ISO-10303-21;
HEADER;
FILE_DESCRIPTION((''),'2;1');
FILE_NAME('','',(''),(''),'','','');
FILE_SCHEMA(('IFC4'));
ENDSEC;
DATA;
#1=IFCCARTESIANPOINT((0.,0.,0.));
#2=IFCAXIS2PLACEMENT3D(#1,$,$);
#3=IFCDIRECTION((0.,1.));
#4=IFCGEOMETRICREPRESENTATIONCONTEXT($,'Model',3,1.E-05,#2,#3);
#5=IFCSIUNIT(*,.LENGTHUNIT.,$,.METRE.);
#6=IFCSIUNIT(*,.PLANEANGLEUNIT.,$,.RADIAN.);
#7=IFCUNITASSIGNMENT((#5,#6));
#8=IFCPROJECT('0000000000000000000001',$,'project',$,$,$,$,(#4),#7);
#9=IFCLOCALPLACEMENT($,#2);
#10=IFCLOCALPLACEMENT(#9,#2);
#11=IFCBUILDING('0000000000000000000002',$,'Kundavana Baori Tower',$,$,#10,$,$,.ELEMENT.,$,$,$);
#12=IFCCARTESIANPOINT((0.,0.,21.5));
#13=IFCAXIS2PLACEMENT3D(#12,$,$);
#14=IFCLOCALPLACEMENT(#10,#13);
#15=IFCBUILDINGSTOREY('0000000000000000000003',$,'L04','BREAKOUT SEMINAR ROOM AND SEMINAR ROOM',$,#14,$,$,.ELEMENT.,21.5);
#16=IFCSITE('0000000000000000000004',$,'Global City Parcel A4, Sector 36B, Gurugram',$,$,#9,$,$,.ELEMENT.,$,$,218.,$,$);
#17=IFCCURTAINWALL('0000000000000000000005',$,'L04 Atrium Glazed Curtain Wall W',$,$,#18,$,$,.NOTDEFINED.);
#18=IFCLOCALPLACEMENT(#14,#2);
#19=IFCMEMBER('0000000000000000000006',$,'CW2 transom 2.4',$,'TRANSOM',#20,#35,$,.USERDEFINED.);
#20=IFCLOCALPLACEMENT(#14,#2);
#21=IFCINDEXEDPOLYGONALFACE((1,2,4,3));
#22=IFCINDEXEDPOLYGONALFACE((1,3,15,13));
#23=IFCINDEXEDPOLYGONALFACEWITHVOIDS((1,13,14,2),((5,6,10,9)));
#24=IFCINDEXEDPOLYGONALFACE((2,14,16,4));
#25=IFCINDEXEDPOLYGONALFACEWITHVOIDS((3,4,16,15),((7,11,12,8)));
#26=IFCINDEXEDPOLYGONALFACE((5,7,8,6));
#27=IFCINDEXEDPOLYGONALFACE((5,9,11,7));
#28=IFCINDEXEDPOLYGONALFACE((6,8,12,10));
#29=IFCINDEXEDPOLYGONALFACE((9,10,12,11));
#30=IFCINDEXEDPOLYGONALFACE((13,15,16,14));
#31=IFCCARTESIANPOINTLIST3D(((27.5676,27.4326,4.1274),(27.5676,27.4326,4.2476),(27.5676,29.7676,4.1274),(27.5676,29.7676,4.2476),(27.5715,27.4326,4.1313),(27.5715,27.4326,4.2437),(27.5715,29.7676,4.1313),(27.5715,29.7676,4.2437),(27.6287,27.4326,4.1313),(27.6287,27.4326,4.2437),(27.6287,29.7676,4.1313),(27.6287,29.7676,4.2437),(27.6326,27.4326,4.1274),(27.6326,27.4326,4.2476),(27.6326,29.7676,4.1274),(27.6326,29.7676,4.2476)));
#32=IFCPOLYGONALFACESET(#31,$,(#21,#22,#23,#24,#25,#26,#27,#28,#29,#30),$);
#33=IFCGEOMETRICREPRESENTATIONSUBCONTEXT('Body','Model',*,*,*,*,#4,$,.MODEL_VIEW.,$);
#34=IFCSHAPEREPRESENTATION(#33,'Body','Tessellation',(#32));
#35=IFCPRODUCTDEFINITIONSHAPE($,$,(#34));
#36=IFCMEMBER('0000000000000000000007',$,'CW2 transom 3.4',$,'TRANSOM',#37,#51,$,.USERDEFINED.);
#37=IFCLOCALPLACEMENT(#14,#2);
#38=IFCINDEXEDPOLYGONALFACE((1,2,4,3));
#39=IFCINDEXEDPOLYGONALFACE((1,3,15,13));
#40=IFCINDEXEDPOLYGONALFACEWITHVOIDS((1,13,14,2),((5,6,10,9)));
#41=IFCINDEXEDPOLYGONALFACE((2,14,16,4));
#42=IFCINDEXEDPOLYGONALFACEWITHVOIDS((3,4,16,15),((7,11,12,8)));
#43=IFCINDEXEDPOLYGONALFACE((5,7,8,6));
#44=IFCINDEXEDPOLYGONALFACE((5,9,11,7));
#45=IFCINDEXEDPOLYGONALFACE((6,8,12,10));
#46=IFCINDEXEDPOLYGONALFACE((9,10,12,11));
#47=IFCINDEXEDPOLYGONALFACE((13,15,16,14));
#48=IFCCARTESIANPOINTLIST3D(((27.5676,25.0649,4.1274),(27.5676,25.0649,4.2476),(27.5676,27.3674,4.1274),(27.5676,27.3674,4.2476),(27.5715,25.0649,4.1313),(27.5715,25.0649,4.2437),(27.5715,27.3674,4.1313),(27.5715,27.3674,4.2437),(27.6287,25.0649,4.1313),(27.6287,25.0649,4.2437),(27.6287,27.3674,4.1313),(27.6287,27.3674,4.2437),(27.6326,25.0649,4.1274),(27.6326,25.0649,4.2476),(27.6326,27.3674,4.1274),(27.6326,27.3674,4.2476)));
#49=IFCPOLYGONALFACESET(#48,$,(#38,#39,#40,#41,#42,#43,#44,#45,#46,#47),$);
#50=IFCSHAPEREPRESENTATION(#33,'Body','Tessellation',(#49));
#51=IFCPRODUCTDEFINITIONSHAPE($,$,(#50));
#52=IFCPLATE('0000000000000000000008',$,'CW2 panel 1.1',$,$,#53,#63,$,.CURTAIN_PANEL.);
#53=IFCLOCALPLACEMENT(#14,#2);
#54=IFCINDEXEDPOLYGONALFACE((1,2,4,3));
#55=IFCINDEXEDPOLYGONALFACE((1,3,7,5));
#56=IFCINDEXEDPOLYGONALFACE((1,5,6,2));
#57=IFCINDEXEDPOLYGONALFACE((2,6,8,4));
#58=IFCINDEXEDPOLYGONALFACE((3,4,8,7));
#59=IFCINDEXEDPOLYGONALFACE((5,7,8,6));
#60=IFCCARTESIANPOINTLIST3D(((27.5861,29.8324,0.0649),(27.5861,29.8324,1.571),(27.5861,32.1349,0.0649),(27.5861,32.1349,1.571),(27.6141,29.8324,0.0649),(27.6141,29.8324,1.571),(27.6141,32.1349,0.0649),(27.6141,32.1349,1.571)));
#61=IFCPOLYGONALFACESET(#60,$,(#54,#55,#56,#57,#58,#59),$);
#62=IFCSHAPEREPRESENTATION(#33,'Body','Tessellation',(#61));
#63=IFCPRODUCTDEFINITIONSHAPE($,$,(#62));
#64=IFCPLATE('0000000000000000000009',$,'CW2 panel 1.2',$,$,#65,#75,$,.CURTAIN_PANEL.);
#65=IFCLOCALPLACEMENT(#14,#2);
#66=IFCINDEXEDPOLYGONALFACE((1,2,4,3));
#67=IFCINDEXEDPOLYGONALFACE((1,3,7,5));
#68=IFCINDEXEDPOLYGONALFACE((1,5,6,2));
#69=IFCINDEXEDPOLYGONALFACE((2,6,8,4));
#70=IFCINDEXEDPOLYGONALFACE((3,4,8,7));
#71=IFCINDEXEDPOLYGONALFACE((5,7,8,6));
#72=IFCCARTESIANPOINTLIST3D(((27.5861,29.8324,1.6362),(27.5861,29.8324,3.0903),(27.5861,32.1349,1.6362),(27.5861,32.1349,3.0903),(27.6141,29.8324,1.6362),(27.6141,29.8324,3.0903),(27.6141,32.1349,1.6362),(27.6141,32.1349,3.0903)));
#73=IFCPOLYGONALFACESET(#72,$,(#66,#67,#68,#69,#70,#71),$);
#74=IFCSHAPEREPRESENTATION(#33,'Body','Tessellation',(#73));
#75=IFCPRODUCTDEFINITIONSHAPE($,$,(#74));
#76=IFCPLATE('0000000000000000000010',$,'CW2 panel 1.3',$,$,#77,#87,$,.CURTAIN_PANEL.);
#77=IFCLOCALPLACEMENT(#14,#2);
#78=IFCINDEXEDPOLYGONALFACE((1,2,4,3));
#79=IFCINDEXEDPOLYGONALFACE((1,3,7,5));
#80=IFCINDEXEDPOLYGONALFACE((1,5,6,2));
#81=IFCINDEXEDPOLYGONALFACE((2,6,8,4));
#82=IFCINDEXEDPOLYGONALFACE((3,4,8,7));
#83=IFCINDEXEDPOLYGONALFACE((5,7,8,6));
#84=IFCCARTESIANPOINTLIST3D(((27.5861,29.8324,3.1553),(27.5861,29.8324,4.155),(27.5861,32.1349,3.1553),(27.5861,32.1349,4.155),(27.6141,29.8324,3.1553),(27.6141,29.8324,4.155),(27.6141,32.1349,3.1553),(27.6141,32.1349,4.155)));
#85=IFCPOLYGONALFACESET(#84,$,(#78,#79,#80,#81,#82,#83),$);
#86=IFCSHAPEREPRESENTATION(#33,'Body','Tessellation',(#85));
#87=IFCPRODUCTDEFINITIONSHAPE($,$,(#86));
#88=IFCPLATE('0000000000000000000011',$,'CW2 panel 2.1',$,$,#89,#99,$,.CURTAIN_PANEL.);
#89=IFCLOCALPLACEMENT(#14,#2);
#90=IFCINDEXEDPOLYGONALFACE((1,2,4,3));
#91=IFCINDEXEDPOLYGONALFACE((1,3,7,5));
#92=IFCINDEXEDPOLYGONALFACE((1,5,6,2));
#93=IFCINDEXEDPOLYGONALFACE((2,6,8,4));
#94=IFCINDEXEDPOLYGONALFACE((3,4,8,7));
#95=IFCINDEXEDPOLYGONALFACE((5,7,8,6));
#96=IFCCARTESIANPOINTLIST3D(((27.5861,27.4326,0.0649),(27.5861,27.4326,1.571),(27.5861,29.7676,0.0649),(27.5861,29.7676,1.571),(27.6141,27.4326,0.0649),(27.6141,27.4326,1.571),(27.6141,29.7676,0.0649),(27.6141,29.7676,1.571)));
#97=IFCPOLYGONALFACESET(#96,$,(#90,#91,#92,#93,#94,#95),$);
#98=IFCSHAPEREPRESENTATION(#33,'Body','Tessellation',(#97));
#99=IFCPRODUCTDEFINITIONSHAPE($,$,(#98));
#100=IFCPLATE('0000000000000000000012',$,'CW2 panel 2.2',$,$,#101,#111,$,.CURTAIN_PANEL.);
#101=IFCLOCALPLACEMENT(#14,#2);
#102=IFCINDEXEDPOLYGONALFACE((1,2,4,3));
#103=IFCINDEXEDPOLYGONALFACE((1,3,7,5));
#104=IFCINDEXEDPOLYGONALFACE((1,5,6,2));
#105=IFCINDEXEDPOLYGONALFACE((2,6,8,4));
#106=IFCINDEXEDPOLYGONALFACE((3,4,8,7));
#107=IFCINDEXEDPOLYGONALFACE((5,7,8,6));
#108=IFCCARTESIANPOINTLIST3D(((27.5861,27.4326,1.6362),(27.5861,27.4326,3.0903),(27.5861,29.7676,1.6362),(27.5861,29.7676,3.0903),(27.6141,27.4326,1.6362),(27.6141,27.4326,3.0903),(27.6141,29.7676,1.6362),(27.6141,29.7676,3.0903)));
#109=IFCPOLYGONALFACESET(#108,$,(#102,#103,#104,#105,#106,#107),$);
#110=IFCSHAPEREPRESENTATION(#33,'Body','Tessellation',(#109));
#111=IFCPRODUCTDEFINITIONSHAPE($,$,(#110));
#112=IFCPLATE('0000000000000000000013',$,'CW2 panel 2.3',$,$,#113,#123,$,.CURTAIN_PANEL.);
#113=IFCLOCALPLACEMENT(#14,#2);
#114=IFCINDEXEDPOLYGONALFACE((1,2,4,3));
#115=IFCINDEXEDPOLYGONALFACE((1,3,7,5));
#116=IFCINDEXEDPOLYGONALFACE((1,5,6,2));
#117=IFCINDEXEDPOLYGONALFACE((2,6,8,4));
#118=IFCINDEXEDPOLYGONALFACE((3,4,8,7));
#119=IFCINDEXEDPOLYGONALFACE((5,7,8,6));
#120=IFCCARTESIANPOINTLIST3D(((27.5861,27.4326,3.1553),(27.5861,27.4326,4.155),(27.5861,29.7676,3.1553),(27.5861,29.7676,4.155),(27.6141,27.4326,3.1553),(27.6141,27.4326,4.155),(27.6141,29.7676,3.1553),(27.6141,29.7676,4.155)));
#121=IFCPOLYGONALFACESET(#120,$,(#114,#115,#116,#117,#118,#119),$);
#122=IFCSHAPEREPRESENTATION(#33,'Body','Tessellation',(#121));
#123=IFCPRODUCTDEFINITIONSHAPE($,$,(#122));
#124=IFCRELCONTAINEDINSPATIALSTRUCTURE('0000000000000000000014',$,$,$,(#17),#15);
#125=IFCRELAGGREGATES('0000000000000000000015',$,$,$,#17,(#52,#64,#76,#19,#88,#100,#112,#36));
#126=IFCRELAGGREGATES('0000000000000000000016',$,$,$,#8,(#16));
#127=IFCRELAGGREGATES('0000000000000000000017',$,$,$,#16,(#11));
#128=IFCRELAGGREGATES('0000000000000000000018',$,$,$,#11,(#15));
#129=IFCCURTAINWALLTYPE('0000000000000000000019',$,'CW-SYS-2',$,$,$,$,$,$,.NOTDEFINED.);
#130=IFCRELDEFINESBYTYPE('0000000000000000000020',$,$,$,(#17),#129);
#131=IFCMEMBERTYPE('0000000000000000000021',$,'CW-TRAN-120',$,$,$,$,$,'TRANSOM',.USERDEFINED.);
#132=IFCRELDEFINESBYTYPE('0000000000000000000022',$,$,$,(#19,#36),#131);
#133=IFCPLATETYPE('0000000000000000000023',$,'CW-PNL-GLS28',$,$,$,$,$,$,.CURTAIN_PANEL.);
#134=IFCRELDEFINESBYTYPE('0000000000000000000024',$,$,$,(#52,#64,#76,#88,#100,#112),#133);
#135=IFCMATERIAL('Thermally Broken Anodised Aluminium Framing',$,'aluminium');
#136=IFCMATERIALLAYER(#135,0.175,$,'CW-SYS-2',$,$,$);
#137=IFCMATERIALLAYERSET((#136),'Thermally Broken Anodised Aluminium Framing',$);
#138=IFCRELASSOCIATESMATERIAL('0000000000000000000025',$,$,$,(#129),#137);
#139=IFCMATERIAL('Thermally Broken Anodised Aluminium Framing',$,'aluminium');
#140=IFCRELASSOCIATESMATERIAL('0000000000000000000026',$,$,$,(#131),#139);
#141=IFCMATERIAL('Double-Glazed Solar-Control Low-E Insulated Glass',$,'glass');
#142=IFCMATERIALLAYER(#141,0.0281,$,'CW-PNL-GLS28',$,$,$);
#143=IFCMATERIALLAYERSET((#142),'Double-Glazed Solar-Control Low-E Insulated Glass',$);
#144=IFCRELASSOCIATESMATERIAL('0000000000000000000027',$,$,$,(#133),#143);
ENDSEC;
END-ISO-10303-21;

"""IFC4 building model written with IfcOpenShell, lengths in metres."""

from ifc_helpers import new_model, si_unit, direction, frame, origin, origin_2d, place, context, subcontext, project, spatial, rectangle, hollow_rectangle, extrude, material, layer, layer_set, material_profile, profile_set, type_object, element, aggregate, save


model = new_model("IFC4")

# Units and contexts
model_context = context("Model", 3, precision=1e-05, world=origin(), true_north=direction((0.0, 1.0)))
body_context = subcontext(model_context, "Body", "Model", "MODEL_VIEW")
ifc_project = project(units=[si_unit("LENGTHUNIT", "METRE"), si_unit("PLANEANGLEUNIT", "RADIAN")], contexts=[model_context])

# Site, building, storey
site_placement = place(None, origin())
site = spatial("IfcSite", under=ifc_project, at=site_placement, Name="Global City Parcel A4, Sector 36B, Gurugram", CompositionType="ELEMENT", RefElevation=218.0)
building_placement = place(site_placement, origin())
building = spatial("IfcBuilding", under=site, at=building_placement, Name="Kundavana Baori Tower", CompositionType="ELEMENT")
storey_placement = place(building_placement, frame((0.0, 0.0, 21.5)))
storey = spatial("IfcBuildingStorey", under=building, at=storey_placement, Name="L04", Description="BREAKOUT SEMINAR ROOM AND SEMINAR ROOM", CompositionType="ELEMENT", Elevation=21.5)

# Curtain wall, members, plates
ifc_material_1 = material(Name="Thermally Broken Anodised Aluminium Framing", Category="aluminium")
ifc_layer_1 = layer(ifc_material_1, 0.175, Name="CW-SYS-2")
ifc_layer_set_1 = layer_set([ifc_layer_1], Name="Thermally Broken Anodised Aluminium Framing")
curtain_wall_type = type_object("IfcCurtainWallType", Name="CW-SYS-2", PredefinedType="NOTDEFINED", material=ifc_layer_set_1)
curtain_wall_placement = place(storey_placement, origin())
curtain_wall = element("IfcCurtainWall", 1, at=curtain_wall_placement, inside=storey, type_object=curtain_wall_type, Name="L04 Atrium Glazed Curtain Wall W", PredefinedType="NOTDEFINED")
ifc_material_2 = material(Name="Thermally Broken Anodised Aluminium Framing", Category="aluminium")
ifc_material_profile_1 = material_profile(ifc_material_2, hollow_rectangle(XDim=0.0649, YDim=0.1201, WallThickness=0.0039, at=origin_2d()), Name="CW-TRAN-120")
ifc_profile_set_1 = profile_set([ifc_material_profile_1], Name="Thermally Broken Anodised Aluminium Framing")
member_type_1 = type_object("IfcMemberType", Name="CW-TRAN-120", ElementType="TRANSOM", PredefinedType="USERDEFINED", material=ifc_profile_set_1)
member_1_placement = place(storey_placement, frame((27.6001, 29.7676, 4.1875), z_axis=(0.0, -1.0, 0.0), x_axis=(1.0, 0.0, 0.0)))
member_1 = element("IfcMember", 2, at=member_1_placement, type_object=member_type_1, Name="CW2 transom 2.4", ObjectType="TRANSOM", PredefinedType="USERDEFINED", context=body_context, shape_type="SweptSolid", body=[
    extrude(hollow_rectangle(XDim=0.0649, YDim=0.1201, WallThickness=0.0039, at=origin_2d()), origin(), (0.0, 0.0, 1.0), 2.335),
])
member_2_placement = place(storey_placement, frame((27.6001, 27.3674, 4.1875), z_axis=(0.0, -1.0, 0.0), x_axis=(1.0, 0.0, 0.0)))
member_2 = element("IfcMember", 3, at=member_2_placement, type_object=member_type_1, Name="CW2 transom 3.4", ObjectType="TRANSOM", PredefinedType="USERDEFINED", context=body_context, shape_type="SweptSolid", body=[
    extrude(hollow_rectangle(XDim=0.0649, YDim=0.1201, WallThickness=0.0039, at=origin_2d()), origin(), (0.0, 0.0, 1.0), 2.3025),
])
ifc_material_3 = material(Name="Double-Glazed Solar-Control Low-E Insulated Glass", Category="glass")
ifc_layer_2 = layer(ifc_material_3, 0.0281, Name="CW-PNL-GLS28")
ifc_layer_set_2 = layer_set([ifc_layer_2], Name="Double-Glazed Solar-Control Low-E Insulated Glass")
plate_type = type_object("IfcPlateType", Name="CW-PNL-GLS28", PredefinedType="CURTAIN_PANEL", material=ifc_layer_set_2)
plate_1_placement = place(storey_placement, frame((27.6001, 30.9836, 0.0649), z_axis=(0.0, 0.0, 1.0), x_axis=(0.0, -1.0, 0.0)))
plate_1 = element("IfcPlate", 4, at=plate_1_placement, type_object=plate_type, Name="CW2 panel 1.1", PredefinedType="CURTAIN_PANEL", context=body_context, shape_type="SweptSolid", body=[
    extrude(rectangle(XDim=2.3025, YDim=0.0281, at=origin_2d()), origin(), (0.0, 0.0, 1.0), 1.5061),
])
plate_2_placement = place(storey_placement, frame((27.6001, 30.9836, 1.6362), z_axis=(0.0, 0.0, 1.0), x_axis=(0.0, -1.0, 0.0)))
plate_2 = element("IfcPlate", 5, at=plate_2_placement, type_object=plate_type, Name="CW2 panel 1.2", PredefinedType="CURTAIN_PANEL", context=body_context, shape_type="SweptSolid", body=[
    extrude(rectangle(XDim=2.3025, YDim=0.0281, at=origin_2d()), origin(), (0.0, 0.0, 1.0), 1.4541),
])
plate_3_placement = place(storey_placement, frame((27.6001, 30.9836, 3.1553), z_axis=(0.0, 0.0, 1.0), x_axis=(0.0, -1.0, 0.0)))
plate_3 = element("IfcPlate", 6, at=plate_3_placement, type_object=plate_type, Name="CW2 panel 1.3", PredefinedType="CURTAIN_PANEL", context=body_context, shape_type="SweptSolid", body=[
    extrude(rectangle(XDim=2.3025, YDim=0.0281, at=origin_2d()), origin(), (0.0, 0.0, 1.0), 0.9998),
])
plate_4_placement = place(storey_placement, frame((27.6001, 28.6001, 0.0649), z_axis=(0.0, 0.0, 1.0), x_axis=(0.0, -1.0, 0.0)))
plate_4 = element("IfcPlate", 7, at=plate_4_placement, type_object=plate_type, Name="CW2 panel 2.1", PredefinedType="CURTAIN_PANEL", context=body_context, shape_type="SweptSolid", body=[
    extrude(rectangle(XDim=2.335, YDim=0.0281, at=origin_2d()), origin(), (0.0, 0.0, 1.0), 1.5061),
])
plate_5_placement = place(storey_placement, frame((27.6001, 28.6001, 1.6362), z_axis=(0.0, 0.0, 1.0), x_axis=(0.0, -1.0, 0.0)))
plate_5 = element("IfcPlate", 8, at=plate_5_placement, type_object=plate_type, Name="CW2 panel 2.2", PredefinedType="CURTAIN_PANEL", context=body_context, shape_type="SweptSolid", body=[
    extrude(rectangle(XDim=2.335, YDim=0.0281, at=origin_2d()), origin(), (0.0, 0.0, 1.0), 1.4541),
])
plate_6_placement = place(storey_placement, frame((27.6001, 28.6001, 3.1553), z_axis=(0.0, 0.0, 1.0), x_axis=(0.0, -1.0, 0.0)))
plate_6 = element("IfcPlate", 9, at=plate_6_placement, type_object=plate_type, Name="CW2 panel 2.3", PredefinedType="CURTAIN_PANEL", context=body_context, shape_type="SweptSolid", body=[
    extrude(rectangle(XDim=2.335, YDim=0.0281, at=origin_2d()), origin(), (0.0, 0.0, 1.0), 0.9998),
])
aggregate(curtain_wall, [plate_1, plate_2, plate_3, member_1, plate_4, plate_5, plate_6, member_2])

save(model, "model.ifc")
